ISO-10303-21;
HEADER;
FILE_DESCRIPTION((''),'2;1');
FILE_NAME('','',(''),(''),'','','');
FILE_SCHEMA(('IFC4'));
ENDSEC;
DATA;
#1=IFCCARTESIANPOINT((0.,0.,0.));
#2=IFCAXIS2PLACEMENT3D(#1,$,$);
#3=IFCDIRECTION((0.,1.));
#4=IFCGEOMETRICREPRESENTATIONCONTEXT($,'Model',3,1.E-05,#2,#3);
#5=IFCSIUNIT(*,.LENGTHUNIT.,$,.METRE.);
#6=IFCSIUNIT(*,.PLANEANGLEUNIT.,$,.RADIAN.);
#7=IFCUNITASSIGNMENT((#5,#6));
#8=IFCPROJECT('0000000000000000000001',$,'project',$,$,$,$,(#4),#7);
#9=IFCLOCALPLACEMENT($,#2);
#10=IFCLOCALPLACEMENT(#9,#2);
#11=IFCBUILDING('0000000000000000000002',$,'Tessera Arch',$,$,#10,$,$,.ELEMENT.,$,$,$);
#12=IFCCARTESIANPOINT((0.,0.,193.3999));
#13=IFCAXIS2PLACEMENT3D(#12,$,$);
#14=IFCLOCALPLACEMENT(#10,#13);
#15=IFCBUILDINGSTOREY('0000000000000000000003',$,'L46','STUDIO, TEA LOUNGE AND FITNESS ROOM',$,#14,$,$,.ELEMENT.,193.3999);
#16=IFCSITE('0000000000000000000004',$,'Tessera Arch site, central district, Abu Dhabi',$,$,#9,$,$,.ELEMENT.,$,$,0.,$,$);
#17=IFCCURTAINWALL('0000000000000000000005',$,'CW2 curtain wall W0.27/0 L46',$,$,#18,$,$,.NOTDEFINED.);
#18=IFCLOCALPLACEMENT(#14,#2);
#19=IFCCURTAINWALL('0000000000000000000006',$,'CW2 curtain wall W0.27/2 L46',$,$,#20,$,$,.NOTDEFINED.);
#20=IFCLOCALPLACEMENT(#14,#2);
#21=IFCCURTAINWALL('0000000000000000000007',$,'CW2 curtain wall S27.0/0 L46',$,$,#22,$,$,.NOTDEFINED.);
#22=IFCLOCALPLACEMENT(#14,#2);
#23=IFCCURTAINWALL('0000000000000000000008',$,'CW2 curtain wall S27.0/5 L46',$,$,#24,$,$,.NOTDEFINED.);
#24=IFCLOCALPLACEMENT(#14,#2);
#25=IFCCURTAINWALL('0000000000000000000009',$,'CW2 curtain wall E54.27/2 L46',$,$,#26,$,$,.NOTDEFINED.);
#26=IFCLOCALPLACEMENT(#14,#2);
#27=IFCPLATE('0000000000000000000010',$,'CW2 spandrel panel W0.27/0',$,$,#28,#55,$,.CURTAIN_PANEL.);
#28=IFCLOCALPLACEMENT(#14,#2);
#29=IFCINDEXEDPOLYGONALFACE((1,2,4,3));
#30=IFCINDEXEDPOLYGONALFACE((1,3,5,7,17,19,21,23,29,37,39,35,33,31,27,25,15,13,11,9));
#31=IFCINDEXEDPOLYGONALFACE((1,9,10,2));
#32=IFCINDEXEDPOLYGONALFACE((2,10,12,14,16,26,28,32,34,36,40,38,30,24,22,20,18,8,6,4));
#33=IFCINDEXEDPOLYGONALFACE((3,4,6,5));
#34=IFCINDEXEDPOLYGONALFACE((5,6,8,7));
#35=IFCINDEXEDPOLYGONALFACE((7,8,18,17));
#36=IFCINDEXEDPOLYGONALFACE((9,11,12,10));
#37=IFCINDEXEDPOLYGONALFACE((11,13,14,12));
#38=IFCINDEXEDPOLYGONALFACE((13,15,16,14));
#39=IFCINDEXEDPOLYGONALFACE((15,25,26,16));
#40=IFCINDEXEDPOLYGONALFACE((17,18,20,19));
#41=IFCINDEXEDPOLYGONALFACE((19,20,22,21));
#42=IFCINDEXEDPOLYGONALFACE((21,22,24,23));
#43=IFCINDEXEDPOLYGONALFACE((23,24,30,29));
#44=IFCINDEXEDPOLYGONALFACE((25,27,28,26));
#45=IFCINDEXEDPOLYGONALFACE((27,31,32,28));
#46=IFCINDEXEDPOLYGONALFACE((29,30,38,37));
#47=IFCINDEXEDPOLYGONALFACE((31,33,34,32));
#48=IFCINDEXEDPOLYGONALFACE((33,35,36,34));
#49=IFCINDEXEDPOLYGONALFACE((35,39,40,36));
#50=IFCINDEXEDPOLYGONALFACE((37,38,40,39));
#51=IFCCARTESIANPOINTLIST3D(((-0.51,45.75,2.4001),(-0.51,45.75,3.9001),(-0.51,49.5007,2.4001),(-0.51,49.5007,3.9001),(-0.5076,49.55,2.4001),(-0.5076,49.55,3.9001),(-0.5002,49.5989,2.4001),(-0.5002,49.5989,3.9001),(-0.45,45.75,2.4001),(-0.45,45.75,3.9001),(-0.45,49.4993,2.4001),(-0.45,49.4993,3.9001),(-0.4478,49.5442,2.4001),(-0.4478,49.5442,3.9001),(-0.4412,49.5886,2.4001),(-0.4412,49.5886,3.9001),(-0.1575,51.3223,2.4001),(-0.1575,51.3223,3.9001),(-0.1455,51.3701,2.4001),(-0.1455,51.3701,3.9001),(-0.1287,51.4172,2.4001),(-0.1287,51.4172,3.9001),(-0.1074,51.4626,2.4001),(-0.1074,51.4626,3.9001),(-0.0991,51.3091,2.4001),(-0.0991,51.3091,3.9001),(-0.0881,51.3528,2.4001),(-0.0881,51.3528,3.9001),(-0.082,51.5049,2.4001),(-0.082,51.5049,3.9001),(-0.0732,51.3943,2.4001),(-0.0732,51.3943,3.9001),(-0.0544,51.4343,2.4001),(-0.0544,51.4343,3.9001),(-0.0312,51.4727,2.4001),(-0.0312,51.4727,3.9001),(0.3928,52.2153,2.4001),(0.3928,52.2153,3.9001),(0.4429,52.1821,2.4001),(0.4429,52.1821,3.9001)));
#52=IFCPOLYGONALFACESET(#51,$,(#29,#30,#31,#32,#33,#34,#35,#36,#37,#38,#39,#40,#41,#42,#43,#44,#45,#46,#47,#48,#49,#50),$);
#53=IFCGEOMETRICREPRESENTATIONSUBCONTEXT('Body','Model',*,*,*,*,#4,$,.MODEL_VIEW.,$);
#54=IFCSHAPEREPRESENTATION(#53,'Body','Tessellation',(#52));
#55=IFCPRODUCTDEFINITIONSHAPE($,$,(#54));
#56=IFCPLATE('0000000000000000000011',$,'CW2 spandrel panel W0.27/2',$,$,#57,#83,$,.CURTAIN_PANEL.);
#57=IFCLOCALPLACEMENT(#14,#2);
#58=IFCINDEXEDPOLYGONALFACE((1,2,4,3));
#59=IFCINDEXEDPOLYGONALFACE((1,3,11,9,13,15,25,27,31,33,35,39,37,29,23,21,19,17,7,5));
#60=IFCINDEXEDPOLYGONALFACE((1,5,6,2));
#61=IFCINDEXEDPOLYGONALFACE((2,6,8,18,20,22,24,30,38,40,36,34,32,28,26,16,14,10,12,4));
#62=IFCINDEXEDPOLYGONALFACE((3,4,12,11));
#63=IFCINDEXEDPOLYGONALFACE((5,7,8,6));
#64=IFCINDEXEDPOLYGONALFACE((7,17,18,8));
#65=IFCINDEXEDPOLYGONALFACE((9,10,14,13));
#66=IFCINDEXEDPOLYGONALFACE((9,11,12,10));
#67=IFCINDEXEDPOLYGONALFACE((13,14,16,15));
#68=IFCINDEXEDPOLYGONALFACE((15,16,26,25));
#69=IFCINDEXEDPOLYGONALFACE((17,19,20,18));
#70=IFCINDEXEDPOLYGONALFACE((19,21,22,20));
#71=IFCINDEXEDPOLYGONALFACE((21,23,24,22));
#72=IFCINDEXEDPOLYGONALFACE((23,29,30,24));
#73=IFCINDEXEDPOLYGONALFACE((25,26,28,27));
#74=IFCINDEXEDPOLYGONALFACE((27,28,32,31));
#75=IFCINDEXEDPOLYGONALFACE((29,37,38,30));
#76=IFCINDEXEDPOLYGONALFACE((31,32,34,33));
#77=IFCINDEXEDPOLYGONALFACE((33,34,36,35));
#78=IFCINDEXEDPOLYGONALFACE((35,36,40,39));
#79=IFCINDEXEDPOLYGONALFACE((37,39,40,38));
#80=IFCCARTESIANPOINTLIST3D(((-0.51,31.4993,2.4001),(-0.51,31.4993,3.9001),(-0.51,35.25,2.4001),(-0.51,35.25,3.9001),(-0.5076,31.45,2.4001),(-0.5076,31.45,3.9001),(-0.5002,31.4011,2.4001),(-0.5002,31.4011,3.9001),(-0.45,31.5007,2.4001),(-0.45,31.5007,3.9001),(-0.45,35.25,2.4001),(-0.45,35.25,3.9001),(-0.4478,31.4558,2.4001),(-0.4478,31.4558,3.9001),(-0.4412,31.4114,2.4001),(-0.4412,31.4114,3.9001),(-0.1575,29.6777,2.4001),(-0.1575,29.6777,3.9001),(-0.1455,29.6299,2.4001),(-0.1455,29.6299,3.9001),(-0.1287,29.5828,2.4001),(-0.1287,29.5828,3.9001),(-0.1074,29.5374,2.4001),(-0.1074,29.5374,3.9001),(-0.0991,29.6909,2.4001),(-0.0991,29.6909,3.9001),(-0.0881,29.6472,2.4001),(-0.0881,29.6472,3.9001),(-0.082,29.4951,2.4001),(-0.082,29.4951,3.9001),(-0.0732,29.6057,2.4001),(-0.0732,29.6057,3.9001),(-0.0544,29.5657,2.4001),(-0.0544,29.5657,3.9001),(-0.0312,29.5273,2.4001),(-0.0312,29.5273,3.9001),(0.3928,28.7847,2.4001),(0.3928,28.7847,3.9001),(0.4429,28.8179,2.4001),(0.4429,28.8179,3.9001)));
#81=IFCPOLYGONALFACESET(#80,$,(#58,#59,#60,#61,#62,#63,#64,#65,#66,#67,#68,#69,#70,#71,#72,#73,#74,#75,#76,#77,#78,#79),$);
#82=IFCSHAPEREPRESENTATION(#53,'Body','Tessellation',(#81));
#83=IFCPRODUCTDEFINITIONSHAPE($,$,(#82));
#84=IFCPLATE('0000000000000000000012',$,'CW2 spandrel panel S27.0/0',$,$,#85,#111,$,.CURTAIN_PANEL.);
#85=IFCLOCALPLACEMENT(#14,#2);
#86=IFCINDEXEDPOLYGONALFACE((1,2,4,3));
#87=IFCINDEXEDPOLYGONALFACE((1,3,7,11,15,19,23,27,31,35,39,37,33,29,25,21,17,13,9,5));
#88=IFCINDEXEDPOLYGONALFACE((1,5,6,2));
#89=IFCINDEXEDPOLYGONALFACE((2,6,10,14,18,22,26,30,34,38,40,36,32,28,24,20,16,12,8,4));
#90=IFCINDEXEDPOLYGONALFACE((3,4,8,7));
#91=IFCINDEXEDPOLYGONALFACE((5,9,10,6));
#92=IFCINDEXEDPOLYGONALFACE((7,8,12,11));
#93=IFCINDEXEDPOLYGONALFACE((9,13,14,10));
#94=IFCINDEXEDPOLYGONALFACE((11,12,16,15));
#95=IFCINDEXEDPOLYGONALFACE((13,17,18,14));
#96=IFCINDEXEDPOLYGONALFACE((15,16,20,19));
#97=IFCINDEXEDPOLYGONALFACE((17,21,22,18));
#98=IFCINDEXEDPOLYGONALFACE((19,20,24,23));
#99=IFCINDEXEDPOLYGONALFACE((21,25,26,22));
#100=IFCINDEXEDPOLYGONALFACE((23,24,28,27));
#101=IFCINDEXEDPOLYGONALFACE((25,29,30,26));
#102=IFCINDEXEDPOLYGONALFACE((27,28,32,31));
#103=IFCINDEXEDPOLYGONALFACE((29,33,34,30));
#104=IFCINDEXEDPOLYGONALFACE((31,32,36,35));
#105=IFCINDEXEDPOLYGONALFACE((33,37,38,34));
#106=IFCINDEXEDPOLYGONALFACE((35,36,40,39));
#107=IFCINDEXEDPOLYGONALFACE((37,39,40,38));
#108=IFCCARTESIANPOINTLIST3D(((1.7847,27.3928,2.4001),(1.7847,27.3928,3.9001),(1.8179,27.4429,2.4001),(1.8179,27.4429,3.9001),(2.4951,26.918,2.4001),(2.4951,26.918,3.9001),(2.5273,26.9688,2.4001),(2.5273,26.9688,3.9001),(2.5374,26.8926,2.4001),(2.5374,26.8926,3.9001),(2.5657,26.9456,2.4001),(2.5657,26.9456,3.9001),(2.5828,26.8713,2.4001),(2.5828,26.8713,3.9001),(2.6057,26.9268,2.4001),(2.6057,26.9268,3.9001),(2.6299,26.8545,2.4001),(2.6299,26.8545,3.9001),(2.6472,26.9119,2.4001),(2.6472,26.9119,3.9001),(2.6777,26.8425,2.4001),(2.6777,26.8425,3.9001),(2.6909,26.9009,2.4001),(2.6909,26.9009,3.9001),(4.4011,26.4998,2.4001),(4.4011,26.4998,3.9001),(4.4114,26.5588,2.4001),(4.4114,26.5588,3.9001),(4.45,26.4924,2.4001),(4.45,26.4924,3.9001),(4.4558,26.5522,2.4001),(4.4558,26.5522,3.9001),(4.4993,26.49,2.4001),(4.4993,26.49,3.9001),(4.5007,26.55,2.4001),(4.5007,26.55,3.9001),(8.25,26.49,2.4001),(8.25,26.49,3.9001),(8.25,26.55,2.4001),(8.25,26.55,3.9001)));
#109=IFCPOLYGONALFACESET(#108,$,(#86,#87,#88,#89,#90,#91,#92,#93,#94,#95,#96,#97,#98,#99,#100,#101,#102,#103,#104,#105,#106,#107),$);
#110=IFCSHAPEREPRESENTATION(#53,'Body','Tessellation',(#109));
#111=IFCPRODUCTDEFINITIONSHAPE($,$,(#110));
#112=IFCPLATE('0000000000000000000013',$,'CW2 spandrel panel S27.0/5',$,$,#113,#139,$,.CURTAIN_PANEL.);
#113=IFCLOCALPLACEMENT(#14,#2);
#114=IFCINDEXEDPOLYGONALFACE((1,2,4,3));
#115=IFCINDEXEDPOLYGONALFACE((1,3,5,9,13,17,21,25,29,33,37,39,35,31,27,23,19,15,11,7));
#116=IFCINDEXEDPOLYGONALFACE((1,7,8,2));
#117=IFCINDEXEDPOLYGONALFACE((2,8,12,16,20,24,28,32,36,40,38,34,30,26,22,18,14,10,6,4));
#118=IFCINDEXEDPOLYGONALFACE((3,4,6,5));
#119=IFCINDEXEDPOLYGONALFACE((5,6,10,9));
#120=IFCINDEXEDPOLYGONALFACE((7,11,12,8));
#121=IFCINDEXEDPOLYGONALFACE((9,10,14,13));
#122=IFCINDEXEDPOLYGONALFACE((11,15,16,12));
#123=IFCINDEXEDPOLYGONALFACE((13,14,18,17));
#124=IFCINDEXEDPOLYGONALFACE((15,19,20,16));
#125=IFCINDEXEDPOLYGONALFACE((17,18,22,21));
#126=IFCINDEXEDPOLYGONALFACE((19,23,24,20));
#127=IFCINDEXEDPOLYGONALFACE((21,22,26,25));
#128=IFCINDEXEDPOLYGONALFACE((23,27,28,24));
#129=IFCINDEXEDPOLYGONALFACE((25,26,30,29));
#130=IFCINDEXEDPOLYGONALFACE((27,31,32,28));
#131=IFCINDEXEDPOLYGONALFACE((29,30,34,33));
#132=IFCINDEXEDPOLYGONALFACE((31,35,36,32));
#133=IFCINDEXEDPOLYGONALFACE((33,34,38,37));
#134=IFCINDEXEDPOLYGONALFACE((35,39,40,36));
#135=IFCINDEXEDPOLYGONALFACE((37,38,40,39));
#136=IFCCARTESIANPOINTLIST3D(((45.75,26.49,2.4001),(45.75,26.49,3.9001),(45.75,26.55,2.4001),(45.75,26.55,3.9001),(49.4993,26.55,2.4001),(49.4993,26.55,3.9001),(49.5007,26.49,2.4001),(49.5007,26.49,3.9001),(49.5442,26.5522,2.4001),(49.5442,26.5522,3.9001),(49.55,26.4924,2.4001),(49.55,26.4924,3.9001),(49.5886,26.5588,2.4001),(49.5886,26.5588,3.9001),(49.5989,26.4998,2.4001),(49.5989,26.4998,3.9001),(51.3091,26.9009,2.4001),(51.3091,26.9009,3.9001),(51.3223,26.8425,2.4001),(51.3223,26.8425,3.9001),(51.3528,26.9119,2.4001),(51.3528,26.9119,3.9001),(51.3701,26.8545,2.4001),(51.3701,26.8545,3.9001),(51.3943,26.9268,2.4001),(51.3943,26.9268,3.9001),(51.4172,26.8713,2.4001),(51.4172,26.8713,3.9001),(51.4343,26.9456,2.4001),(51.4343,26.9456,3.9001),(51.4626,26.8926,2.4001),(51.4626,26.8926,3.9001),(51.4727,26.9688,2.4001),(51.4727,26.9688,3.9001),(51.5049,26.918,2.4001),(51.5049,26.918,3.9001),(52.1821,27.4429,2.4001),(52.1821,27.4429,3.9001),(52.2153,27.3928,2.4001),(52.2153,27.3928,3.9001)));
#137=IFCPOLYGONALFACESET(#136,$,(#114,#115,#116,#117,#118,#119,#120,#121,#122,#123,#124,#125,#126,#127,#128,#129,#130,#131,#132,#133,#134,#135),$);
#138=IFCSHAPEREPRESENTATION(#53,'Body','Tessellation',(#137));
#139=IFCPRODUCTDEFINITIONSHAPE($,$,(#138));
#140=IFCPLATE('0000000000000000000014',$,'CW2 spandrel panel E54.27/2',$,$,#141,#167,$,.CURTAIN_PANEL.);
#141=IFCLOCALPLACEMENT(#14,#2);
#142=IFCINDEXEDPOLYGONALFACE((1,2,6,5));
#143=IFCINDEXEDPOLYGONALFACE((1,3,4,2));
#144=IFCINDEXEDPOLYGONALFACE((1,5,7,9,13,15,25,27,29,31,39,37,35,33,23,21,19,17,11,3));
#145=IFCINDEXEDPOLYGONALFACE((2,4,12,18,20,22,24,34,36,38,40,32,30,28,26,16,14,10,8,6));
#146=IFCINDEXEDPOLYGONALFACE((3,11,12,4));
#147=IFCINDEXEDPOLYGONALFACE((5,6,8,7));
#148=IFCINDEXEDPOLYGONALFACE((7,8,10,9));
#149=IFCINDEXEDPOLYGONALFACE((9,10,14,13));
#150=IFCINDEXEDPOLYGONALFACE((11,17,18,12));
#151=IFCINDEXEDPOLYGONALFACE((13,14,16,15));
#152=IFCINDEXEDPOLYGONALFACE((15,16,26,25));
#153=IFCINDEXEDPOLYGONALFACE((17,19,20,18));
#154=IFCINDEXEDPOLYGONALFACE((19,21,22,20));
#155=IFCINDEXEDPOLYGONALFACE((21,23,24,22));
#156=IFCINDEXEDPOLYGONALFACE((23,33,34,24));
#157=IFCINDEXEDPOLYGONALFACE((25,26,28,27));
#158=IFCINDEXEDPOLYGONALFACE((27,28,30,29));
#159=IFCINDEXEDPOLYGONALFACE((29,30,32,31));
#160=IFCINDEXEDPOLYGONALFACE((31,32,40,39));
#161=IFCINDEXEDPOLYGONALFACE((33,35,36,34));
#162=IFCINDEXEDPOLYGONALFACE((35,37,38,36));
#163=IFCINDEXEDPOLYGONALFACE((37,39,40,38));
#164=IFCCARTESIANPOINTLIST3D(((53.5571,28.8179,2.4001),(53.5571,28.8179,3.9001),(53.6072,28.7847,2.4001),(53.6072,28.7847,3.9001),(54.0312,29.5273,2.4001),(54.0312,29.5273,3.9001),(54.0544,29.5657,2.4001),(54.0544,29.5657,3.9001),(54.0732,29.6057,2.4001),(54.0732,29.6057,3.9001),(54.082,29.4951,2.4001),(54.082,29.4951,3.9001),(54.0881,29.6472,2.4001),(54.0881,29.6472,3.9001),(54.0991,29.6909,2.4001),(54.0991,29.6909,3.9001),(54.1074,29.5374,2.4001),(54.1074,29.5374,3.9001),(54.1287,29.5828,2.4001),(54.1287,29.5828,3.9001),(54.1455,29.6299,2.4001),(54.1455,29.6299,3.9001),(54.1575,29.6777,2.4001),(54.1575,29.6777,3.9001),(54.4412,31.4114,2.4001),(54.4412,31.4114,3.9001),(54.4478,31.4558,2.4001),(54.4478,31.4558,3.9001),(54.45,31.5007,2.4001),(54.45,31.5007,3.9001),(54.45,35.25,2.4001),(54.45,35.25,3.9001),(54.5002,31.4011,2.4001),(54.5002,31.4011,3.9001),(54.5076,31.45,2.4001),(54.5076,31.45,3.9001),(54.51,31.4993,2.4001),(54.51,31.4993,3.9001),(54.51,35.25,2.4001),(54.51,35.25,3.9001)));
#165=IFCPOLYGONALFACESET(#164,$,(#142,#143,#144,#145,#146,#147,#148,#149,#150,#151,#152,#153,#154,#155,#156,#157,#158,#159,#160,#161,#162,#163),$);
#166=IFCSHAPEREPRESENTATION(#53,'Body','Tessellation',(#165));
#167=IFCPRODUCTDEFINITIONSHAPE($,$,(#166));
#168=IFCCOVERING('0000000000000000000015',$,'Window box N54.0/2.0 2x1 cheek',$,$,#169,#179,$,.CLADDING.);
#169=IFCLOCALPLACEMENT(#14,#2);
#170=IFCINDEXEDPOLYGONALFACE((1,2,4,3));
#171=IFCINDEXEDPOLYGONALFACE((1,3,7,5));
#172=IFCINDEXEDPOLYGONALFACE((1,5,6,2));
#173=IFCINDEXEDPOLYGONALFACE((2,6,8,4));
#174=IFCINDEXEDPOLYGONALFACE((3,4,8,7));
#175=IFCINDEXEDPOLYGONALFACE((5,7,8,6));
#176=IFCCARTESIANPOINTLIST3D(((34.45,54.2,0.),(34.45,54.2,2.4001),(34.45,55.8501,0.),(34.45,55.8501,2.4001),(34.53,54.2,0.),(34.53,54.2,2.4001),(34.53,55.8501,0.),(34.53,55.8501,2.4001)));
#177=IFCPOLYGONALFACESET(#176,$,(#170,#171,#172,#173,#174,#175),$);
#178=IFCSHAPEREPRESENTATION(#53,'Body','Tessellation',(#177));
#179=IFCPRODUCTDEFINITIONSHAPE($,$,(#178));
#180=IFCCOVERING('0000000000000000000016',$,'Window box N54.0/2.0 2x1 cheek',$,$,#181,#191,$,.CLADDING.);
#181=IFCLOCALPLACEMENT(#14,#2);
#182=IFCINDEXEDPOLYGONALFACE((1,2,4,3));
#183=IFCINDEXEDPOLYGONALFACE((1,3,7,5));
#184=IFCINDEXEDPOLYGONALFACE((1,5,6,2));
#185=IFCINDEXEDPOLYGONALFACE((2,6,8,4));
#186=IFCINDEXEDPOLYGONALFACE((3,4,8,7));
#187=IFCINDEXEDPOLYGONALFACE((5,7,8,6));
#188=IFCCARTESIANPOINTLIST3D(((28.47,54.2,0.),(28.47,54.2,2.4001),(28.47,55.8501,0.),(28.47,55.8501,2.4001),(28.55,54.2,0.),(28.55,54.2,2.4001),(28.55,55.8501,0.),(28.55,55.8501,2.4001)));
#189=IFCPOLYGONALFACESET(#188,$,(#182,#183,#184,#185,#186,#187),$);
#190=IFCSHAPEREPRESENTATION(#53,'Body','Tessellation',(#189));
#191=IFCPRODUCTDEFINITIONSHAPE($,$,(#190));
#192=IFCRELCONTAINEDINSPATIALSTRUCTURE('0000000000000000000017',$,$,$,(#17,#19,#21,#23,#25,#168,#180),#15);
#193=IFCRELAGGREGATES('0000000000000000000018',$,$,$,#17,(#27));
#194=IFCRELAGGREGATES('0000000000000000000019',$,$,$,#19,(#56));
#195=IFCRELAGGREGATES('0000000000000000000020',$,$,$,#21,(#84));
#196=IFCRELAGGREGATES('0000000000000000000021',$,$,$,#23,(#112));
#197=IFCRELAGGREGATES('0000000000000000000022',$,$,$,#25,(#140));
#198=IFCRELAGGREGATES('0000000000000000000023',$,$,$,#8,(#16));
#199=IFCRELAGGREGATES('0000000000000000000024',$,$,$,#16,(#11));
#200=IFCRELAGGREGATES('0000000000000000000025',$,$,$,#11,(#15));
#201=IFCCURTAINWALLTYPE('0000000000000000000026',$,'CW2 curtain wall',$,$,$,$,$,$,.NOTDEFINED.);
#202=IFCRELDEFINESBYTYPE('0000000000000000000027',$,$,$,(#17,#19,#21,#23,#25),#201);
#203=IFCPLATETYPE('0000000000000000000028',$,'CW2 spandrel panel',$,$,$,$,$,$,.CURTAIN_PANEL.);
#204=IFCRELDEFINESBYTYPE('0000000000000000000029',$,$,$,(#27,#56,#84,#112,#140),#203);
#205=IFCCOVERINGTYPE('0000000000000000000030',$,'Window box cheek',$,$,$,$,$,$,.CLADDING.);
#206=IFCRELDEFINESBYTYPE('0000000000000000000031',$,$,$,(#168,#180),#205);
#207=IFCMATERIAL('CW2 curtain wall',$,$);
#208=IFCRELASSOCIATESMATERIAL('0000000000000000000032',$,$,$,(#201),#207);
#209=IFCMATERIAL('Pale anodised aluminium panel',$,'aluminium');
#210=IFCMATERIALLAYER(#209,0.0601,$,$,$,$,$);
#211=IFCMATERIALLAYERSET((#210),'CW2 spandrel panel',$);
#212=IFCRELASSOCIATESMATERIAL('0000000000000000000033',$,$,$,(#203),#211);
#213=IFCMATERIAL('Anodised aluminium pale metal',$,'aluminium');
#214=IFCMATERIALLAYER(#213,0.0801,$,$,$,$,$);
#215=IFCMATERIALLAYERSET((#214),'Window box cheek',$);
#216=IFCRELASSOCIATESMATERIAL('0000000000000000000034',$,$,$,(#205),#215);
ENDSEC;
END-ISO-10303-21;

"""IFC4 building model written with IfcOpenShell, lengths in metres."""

from ifc_helpers import new_model, si_unit, direction, frame, origin, place, context, subcontext, project, spatial, polyline, outline, extrude, material, layer, layer_set, type_object, element, aggregate, save


model = new_model("IFC4")

# Units and contexts
model_context = context("Model", 3, precision=1e-05, world=origin(), true_north=direction((0.0, 1.0)))
body_context = subcontext(model_context, "Body", "Model", "MODEL_VIEW")
ifc_project = project(units=[si_unit("LENGTHUNIT", "METRE"), si_unit("PLANEANGLEUNIT", "RADIAN")], contexts=[model_context])

# Site, building, storey
site_placement = place(None, origin())
site = spatial("IfcSite", under=ifc_project, at=site_placement, Name="Tessera Arch site, central district, Abu Dhabi", CompositionType="ELEMENT", RefElevation=0.0)
building_placement = place(site_placement, origin())
building = spatial("IfcBuilding", under=site, at=building_placement, Name="Tessera Arch", CompositionType="ELEMENT")
storey_placement = place(building_placement, frame((0.0, 0.0, 193.3999)))
storey = spatial("IfcBuildingStorey", under=building, at=storey_placement, Name="L46", Description="STUDIO, TEA LOUNGE AND FITNESS ROOM", CompositionType="ELEMENT", Elevation=193.3999)

# Curtain walls
ifc_material_1 = material(Name="CW2 curtain wall")
curtain_wall_type = type_object("IfcCurtainWallType", Name="CW2 curtain wall", PredefinedType="NOTDEFINED", material=ifc_material_1)
curtain_wall_1_placement = place(storey_placement, origin())
curtain_wall_1 = element("IfcCurtainWall", 1, at=curtain_wall_1_placement, inside=storey, type_object=curtain_wall_type, Name="CW2 curtain wall W0.27/0 L46", PredefinedType="NOTDEFINED")
curtain_wall_2_placement = place(storey_placement, origin())
curtain_wall_2 = element("IfcCurtainWall", 2, at=curtain_wall_2_placement, inside=storey, type_object=curtain_wall_type, Name="CW2 curtain wall W0.27/2 L46", PredefinedType="NOTDEFINED")
curtain_wall_3_placement = place(storey_placement, origin())
curtain_wall_3 = element("IfcCurtainWall", 3, at=curtain_wall_3_placement, inside=storey, type_object=curtain_wall_type, Name="CW2 curtain wall S27.0/0 L46", PredefinedType="NOTDEFINED")
curtain_wall_4_placement = place(storey_placement, origin())
curtain_wall_4 = element("IfcCurtainWall", 4, at=curtain_wall_4_placement, inside=storey, type_object=curtain_wall_type, Name="CW2 curtain wall S27.0/5 L46", PredefinedType="NOTDEFINED")
curtain_wall_5_placement = place(storey_placement, origin())
curtain_wall_5 = element("IfcCurtainWall", 5, at=curtain_wall_5_placement, inside=storey, type_object=curtain_wall_type, Name="CW2 curtain wall E54.27/2 L46", PredefinedType="NOTDEFINED")

# Plates
ifc_material_2 = material(Name="Pale anodised aluminium panel", Category="aluminium")
ifc_layer_1 = layer(ifc_material_2, 0.0601)
ifc_layer_set_1 = layer_set([ifc_layer_1], Name="CW2 spandrel panel")
plate_type_1 = type_object("IfcPlateType", Name="CW2 spandrel panel", PredefinedType="CURTAIN_PANEL", material=ifc_layer_set_1)
plate_1_placement = place(storey_placement, frame((0.0, 0.0, 2.4001)))
plate_1 = element("IfcPlate", 6, at=plate_1_placement, type_object=plate_type_1, Name="CW2 spandrel panel W0.27/0", PredefinedType="CURTAIN_PANEL", context=body_context, shape_type="SweptSolid", body=[
    extrude(outline(polyline([(-0.0312, 51.4727), (0.4429, 52.1821), (0.3928, 52.2153), (-0.082, 51.5049), (-0.1074, 51.4626), (-0.1287, 51.4172), (-0.1455, 51.3701), (-0.1575, 51.3223), (-0.5002, 49.5989), (-0.5076, 49.55), (-0.51, 49.5007), (-0.51, 45.75), (-0.45, 45.75), (-0.45, 49.4993), (-0.4478, 49.5442), (-0.4412, 49.5886), (-0.0991, 51.3091), (-0.0881, 51.3528), (-0.0732, 51.3943), (-0.0544, 51.4343), (-0.0312, 51.4727)])), origin(), (0.0, 0.0, 1.0), 1.5),
])
aggregate(curtain_wall_1, [plate_1])
plate_2_placement = place(storey_placement, frame((0.0, 0.0, 2.4001)))
plate_2 = element("IfcPlate", 7, at=plate_2_placement, type_object=plate_type_1, Name="CW2 spandrel panel W0.27/2", PredefinedType="CURTAIN_PANEL", context=body_context, shape_type="SweptSolid", body=[
    extrude(outline(polyline([(-0.45, 31.5007), (-0.45, 35.25), (-0.51, 35.25), (-0.51, 31.4993), (-0.5076, 31.45), (-0.5002, 31.4011), (-0.1575, 29.6777), (-0.1455, 29.6299), (-0.1287, 29.5828), (-0.1074, 29.5374), (-0.082, 29.4951), (0.3928, 28.7847), (0.4429, 28.8179), (-0.0312, 29.5273), (-0.0544, 29.5657), (-0.0732, 29.6057), (-0.0881, 29.6472), (-0.0991, 29.6909), (-0.4412, 31.4114), (-0.4478, 31.4558), (-0.45, 31.5007)])), origin(), (0.0, 0.0, 1.0), 1.5),
])
aggregate(curtain_wall_2, [plate_2])
plate_3_placement = place(storey_placement, frame((0.0, 0.0, 2.4001)))
plate_3 = element("IfcPlate", 8, at=plate_3_placement, type_object=plate_type_1, Name="CW2 spandrel panel S27.0/0", PredefinedType="CURTAIN_PANEL", context=body_context, shape_type="SweptSolid", body=[
    extrude(outline(polyline([(2.5273, 26.9688), (1.8179, 27.4429), (1.7847, 27.3928), (2.4951, 26.918), (2.5374, 26.8926), (2.5828, 26.8713), (2.6299, 26.8545), (2.6777, 26.8425), (4.4011, 26.4998), (4.45, 26.4924), (4.4993, 26.49), (8.25, 26.49), (8.25, 26.55), (4.5007, 26.55), (4.4558, 26.5522), (4.4114, 26.5588), (2.6909, 26.9009), (2.6472, 26.9119), (2.6057, 26.9268), (2.5657, 26.9456), (2.5273, 26.9688)])), origin(), (0.0, 0.0, 1.0), 1.5),
])
aggregate(curtain_wall_3, [plate_3])
plate_4_placement = place(storey_placement, frame((0.0, 0.0, 2.4001)))
plate_4 = element("IfcPlate", 9, at=plate_4_placement, type_object=plate_type_1, Name="CW2 spandrel panel S27.0/5", PredefinedType="CURTAIN_PANEL", context=body_context, shape_type="SweptSolid", body=[
    extrude(outline(polyline([(49.4993, 26.55), (45.75, 26.55), (45.75, 26.49), (49.5007, 26.49), (49.55, 26.4924), (49.5989, 26.4998), (51.3223, 26.8425), (51.3701, 26.8545), (51.4172, 26.8713), (51.4626, 26.8926), (51.5049, 26.918), (52.2153, 27.3928), (52.1821, 27.4429), (51.4727, 26.9688), (51.4343, 26.9456), (51.3943, 26.9268), (51.3528, 26.9119), (51.3091, 26.9009), (49.5886, 26.5588), (49.5442, 26.5522), (49.4993, 26.55)])), origin(), (0.0, 0.0, 1.0), 1.5),
])
aggregate(curtain_wall_4, [plate_4])
plate_5_placement = place(storey_placement, frame((0.0, 0.0, 2.4001)))
plate_5 = element("IfcPlate", 10, at=plate_5_placement, type_object=plate_type_1, Name="CW2 spandrel panel E54.27/2", PredefinedType="CURTAIN_PANEL", context=body_context, shape_type="SweptSolid", body=[
    extrude(outline(polyline([(54.0312, 29.5273), (53.5571, 28.8179), (53.6072, 28.7847), (54.082, 29.4951), (54.1074, 29.5374), (54.1287, 29.5828), (54.1455, 29.6299), (54.1575, 29.6777), (54.5002, 31.4011), (54.5076, 31.45), (54.51, 31.4993), (54.51, 35.25), (54.45, 35.25), (54.45, 31.5007), (54.4478, 31.4558), (54.4412, 31.4114), (54.0991, 29.6909), (54.0881, 29.6472), (54.0732, 29.6057), (54.0544, 29.5657), (54.0312, 29.5273)])), origin(), (0.0, 0.0, 1.0), 1.5),
])
aggregate(curtain_wall_5, [plate_5])

# Coverings
ifc_material_3 = material(Name="Anodised aluminium pale metal", Category="aluminium")
ifc_layer_2 = layer(ifc_material_3, 0.0801)
ifc_layer_set_2 = layer_set([ifc_layer_2], Name="Window box cheek")
covering_type_1 = type_object("IfcCoveringType", Name="Window box cheek", PredefinedType="CLADDING", material=ifc_layer_set_2)
covering_1_placement = place(storey_placement, origin())
element("IfcCovering", 11, at=covering_1_placement, inside=storey, type_object=covering_type_1, Name="Window box N54.0/2.0 2x1 cheek", PredefinedType="CLADDING", context=body_context, shape_type="SweptSolid", body=[
    extrude(outline(polyline([(34.53, 55.8501), (34.45, 55.8501), (34.45, 54.2), (34.53, 54.2), (34.53, 55.8501)])), origin(), (0.0, 0.0, 1.0), 2.4001),
])
covering_2_placement = place(storey_placement, origin())
element("IfcCovering", 12, at=covering_2_placement, inside=storey, type_object=covering_type_1, Name="Window box N54.0/2.0 2x1 cheek", PredefinedType="CLADDING", context=body_context, shape_type="SweptSolid", body=[
    extrude(outline(polyline([(28.55, 55.8501), (28.47, 55.8501), (28.47, 54.2), (28.55, 54.2), (28.55, 55.8501)])), origin(), (0.0, 0.0, 1.0), 2.4001),
])

save(model, "model.ifc")
